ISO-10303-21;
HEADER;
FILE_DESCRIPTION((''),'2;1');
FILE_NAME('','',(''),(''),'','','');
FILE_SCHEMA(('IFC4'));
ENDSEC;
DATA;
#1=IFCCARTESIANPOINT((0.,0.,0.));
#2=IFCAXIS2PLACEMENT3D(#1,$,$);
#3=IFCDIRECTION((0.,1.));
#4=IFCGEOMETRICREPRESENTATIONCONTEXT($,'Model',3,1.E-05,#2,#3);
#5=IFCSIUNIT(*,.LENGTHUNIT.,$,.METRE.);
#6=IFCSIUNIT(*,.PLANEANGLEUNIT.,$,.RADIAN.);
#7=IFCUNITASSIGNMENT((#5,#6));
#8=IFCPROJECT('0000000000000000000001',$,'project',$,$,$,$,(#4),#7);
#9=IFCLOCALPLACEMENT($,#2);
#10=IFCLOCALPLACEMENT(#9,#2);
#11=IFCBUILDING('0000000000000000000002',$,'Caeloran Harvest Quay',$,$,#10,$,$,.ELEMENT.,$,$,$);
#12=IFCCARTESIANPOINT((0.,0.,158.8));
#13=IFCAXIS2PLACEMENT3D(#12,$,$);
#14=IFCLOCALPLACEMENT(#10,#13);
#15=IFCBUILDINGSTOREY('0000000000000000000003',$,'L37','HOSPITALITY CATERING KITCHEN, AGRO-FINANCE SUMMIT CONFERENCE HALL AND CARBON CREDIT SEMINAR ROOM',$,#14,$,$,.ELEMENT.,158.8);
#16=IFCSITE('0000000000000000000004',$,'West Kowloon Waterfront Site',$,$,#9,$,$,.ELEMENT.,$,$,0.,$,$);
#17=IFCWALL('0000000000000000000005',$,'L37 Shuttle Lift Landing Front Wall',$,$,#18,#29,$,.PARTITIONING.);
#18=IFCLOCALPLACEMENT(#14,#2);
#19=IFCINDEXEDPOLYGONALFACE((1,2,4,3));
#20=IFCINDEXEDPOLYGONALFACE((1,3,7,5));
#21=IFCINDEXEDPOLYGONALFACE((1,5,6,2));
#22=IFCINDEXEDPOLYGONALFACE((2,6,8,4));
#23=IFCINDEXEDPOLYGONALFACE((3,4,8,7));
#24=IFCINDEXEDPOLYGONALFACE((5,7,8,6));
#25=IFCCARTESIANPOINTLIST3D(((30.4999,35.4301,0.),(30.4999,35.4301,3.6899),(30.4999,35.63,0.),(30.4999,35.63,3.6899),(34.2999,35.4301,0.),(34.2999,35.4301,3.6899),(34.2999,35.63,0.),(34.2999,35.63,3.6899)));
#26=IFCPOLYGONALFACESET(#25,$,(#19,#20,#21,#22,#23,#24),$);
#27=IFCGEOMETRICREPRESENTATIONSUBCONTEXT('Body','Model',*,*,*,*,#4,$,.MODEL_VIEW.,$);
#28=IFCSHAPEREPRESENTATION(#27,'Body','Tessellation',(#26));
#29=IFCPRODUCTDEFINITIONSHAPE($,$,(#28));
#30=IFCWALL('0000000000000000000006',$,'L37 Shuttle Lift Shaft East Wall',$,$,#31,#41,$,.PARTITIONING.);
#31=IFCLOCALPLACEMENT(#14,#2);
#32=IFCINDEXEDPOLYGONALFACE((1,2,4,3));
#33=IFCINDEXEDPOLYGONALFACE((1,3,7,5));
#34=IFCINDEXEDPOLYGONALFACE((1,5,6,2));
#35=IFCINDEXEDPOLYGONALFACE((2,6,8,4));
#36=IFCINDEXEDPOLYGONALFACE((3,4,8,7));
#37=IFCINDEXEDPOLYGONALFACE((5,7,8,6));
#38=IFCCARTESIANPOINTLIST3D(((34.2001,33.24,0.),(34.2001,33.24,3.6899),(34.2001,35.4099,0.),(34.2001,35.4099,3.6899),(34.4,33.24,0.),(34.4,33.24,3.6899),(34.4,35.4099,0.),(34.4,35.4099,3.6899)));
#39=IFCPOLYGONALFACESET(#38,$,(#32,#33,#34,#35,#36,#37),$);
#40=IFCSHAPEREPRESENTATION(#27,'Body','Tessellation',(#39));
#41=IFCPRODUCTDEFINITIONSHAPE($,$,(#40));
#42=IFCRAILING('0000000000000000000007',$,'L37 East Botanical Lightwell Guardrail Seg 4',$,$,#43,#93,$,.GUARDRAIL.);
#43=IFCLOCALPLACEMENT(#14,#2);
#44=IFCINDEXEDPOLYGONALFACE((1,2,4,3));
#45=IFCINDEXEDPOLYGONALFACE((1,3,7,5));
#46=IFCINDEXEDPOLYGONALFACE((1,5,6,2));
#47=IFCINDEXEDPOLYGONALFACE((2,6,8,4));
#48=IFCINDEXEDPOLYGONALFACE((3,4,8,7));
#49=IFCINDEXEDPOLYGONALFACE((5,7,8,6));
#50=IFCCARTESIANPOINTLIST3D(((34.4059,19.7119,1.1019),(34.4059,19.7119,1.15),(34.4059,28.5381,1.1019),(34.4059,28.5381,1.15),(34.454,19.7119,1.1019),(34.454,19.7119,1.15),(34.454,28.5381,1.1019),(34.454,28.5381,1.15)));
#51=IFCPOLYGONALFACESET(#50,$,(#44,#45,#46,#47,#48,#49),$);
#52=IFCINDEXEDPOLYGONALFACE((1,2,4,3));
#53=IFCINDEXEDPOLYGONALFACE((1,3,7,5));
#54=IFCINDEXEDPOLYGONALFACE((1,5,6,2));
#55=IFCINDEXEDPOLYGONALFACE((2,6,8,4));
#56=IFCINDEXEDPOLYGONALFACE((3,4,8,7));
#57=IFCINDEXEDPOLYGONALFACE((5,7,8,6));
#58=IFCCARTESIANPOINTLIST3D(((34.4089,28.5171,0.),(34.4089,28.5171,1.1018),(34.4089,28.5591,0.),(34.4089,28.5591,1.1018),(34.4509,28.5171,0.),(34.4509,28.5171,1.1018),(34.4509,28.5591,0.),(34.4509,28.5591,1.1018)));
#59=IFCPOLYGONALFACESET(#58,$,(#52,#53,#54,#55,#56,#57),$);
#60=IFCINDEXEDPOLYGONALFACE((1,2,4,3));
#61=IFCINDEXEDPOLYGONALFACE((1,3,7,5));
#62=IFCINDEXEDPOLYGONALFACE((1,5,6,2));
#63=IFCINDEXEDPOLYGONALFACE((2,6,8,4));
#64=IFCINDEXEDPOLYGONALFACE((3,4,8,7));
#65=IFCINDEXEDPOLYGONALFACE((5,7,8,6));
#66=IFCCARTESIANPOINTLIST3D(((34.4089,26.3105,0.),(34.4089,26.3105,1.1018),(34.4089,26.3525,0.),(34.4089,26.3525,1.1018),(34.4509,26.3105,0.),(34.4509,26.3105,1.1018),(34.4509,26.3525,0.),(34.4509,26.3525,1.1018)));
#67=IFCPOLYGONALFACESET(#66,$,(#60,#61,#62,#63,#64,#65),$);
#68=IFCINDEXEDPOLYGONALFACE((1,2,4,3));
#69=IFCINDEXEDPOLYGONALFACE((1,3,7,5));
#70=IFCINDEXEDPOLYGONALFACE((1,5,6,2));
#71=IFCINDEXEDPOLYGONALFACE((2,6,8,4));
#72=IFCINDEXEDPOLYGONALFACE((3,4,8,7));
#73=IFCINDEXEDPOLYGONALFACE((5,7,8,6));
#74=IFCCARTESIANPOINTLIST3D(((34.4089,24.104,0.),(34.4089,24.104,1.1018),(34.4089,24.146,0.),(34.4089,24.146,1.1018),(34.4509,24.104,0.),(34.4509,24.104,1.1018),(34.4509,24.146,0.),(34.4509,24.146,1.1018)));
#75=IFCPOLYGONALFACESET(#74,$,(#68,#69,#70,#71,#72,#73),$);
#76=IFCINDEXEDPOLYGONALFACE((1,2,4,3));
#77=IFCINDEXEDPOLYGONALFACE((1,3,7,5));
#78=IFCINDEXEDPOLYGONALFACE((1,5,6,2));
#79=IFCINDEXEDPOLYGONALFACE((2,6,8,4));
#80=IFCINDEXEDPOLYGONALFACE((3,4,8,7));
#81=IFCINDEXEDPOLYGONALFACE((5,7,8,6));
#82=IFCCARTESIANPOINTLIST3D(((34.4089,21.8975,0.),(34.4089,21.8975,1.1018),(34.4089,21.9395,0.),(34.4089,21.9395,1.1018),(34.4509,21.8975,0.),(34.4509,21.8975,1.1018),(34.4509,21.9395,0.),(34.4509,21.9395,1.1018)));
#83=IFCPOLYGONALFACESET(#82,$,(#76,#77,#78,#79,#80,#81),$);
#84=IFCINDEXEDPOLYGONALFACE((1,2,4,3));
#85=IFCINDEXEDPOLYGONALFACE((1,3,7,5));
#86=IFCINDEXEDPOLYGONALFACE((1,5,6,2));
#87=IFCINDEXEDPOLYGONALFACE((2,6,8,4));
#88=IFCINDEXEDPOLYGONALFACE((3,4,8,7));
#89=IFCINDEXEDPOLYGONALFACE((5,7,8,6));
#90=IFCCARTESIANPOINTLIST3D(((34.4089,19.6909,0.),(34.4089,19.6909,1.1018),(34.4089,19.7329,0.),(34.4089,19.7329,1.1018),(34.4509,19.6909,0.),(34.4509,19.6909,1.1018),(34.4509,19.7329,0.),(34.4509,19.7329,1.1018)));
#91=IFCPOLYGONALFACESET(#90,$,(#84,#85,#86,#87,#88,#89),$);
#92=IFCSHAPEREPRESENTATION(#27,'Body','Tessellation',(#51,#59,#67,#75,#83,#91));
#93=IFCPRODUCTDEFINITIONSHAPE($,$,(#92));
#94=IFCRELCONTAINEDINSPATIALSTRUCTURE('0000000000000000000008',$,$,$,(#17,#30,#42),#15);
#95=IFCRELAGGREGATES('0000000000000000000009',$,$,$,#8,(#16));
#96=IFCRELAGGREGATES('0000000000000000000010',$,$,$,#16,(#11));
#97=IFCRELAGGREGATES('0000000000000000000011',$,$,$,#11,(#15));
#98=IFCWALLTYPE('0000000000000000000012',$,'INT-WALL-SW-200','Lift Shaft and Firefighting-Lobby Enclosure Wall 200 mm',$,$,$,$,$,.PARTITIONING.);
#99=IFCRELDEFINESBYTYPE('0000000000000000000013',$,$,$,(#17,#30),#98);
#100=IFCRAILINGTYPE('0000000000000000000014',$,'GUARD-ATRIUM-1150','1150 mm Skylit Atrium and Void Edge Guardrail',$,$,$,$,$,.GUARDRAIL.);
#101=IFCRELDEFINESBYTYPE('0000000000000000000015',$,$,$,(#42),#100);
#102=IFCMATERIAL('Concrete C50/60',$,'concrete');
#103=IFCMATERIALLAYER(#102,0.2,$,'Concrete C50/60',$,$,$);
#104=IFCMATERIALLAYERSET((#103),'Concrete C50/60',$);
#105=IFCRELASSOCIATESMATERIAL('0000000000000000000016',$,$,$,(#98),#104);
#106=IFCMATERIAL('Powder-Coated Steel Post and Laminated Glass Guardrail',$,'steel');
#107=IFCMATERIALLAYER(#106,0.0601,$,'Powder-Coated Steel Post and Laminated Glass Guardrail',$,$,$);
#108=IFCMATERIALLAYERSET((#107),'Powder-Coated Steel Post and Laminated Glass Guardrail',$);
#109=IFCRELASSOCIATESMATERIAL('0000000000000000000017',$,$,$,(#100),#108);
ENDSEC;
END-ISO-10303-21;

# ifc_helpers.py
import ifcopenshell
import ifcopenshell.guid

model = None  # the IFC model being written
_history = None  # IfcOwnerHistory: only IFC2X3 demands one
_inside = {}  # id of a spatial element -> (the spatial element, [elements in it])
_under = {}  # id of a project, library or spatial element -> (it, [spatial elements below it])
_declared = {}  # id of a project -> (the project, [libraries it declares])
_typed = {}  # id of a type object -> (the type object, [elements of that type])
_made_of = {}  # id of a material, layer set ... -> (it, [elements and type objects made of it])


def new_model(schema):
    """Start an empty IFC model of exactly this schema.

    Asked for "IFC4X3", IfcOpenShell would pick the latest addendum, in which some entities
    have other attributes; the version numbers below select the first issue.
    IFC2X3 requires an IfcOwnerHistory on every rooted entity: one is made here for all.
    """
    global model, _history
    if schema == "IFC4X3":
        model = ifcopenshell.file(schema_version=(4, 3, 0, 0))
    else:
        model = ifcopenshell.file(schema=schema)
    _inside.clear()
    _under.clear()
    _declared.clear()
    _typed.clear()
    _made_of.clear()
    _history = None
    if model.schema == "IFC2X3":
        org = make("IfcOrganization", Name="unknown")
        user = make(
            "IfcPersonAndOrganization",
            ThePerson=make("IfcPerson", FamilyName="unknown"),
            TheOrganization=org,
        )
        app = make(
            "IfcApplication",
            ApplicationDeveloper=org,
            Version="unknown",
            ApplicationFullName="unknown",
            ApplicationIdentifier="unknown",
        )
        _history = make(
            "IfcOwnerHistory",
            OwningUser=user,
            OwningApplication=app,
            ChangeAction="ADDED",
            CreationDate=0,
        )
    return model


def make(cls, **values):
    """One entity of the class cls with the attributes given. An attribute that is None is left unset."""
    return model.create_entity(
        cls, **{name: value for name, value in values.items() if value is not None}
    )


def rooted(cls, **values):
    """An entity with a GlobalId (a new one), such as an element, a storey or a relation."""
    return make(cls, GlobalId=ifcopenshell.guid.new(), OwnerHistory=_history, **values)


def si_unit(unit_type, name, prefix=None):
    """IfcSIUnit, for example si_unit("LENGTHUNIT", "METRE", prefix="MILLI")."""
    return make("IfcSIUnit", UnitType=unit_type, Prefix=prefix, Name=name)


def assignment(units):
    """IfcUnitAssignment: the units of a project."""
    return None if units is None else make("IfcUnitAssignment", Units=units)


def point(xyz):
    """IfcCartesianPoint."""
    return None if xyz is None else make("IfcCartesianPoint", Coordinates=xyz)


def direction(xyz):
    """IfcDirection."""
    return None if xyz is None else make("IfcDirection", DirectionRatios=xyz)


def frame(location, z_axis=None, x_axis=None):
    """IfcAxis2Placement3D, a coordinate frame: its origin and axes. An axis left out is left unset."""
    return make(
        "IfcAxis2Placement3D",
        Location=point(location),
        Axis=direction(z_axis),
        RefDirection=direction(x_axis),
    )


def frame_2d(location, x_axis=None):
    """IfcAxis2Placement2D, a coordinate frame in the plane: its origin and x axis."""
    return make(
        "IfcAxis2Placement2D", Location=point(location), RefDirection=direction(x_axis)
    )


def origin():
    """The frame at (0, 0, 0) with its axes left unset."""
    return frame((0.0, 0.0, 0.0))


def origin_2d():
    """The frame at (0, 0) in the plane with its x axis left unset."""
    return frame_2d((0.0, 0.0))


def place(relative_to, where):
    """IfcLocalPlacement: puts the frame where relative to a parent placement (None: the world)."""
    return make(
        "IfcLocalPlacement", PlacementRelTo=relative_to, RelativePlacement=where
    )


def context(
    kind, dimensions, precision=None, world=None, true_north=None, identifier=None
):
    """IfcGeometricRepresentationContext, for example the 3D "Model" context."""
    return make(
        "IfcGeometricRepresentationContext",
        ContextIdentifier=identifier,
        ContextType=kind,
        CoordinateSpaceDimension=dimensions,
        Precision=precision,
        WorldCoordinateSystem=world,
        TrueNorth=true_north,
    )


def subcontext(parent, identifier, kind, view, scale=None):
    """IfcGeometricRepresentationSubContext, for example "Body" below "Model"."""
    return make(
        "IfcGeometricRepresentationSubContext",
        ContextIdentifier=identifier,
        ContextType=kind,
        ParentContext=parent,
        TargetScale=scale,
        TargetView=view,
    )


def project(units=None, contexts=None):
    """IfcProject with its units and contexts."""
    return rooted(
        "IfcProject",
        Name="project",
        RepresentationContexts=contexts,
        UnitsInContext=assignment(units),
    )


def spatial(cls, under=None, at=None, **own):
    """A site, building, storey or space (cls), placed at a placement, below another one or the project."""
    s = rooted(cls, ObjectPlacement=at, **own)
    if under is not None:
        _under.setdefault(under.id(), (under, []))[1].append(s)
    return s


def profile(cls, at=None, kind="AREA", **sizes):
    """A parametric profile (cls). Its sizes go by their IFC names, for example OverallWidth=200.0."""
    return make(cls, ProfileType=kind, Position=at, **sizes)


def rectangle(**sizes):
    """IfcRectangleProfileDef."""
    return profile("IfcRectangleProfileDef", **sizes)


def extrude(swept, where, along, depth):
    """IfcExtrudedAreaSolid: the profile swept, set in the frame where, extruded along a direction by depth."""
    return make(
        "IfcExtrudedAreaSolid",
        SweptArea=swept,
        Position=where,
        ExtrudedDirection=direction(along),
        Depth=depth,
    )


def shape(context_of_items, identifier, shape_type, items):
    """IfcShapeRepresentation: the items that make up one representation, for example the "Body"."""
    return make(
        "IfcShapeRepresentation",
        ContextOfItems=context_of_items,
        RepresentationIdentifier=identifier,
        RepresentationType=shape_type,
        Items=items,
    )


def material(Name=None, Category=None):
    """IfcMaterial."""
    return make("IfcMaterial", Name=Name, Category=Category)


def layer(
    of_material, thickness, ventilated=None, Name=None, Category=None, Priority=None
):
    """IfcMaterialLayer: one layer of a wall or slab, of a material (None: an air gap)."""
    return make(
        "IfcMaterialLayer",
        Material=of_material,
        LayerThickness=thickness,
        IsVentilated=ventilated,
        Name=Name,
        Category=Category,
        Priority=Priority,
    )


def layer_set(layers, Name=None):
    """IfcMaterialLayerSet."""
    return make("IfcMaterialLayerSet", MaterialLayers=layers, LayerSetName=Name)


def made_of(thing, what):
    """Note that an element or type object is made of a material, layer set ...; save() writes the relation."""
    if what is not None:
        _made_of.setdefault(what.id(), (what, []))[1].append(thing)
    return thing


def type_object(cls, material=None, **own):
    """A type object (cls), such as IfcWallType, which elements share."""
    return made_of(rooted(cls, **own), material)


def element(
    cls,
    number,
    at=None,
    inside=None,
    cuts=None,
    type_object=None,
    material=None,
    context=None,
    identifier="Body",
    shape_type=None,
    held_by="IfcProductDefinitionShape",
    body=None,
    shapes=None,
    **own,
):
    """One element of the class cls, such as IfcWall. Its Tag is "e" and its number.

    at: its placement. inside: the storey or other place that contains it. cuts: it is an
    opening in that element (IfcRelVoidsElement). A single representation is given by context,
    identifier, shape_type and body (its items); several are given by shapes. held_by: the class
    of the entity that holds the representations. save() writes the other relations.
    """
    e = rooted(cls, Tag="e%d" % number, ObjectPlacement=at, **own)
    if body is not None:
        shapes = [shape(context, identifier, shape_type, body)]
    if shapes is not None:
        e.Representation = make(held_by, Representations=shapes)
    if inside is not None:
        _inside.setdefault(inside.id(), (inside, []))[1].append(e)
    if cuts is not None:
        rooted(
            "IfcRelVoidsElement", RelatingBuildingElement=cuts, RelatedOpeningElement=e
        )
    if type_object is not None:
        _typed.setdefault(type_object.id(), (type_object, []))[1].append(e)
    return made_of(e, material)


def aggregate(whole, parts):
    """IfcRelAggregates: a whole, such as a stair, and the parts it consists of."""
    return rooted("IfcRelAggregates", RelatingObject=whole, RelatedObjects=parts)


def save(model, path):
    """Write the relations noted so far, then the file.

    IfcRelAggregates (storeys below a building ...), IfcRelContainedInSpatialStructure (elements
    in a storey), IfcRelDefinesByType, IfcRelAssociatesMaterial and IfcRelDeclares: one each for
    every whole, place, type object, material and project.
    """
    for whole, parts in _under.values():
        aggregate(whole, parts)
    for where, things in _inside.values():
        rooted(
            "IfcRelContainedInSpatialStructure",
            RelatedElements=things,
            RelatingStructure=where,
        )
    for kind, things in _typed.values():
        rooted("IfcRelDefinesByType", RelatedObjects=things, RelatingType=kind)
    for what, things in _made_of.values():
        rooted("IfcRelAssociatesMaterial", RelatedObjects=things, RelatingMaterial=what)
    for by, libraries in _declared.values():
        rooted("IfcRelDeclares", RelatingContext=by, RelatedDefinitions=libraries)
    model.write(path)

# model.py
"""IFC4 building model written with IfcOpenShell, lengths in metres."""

from ifc_helpers import new_model, si_unit, direction, frame, frame_2d, origin, origin_2d, place, context, subcontext, project, spatial, rectangle, extrude, material, layer, layer_set, type_object, element, save


model = new_model("IFC4")

# Units and contexts
model_context = context("Model", 3, precision=1e-05, world=origin(), true_north=direction((0.0, 1.0)))
body_context = subcontext(model_context, "Body", "Model", "MODEL_VIEW")
ifc_project = project(units=[si_unit("LENGTHUNIT", "METRE"), si_unit("PLANEANGLEUNIT", "RADIAN")], contexts=[model_context])

# Site, building, storey
site_placement = place(None, origin())
site = spatial("IfcSite", under=ifc_project, at=site_placement, Name="West Kowloon Waterfront Site", CompositionType="ELEMENT", RefElevation=0.0)
building_placement = place(site_placement, origin())
building = spatial("IfcBuilding", under=site, at=building_placement, Name="Caeloran Harvest Quay", CompositionType="ELEMENT")
storey_placement = place(building_placement, frame((0.0, 0.0, 158.8)))
storey = spatial("IfcBuildingStorey", under=building, at=storey_placement, Name="L37", Description="HOSPITALITY CATERING KITCHEN, AGRO-FINANCE SUMMIT CONFERENCE HALL AND CARBON CREDIT SEMINAR ROOM", CompositionType="ELEMENT", Elevation=158.8)

# Shared definitions
ifc_material_1 = material(Name="Concrete C50/60", Category="concrete")
ifc_layer_1 = layer(ifc_material_1, 0.2, Name="Concrete C50/60")
ifc_layer_set_1 = layer_set([ifc_layer_1], Name="Concrete C50/60")
wall_type_1 = type_object("IfcWallType", Name="INT-WALL-SW-200", Description="Lift Shaft and Firefighting-Lobby Enclosure Wall 200 mm", PredefinedType="PARTITIONING", material=ifc_layer_set_1)

# Walls
wall_1_placement = place(storey_placement, frame((30.5, 35.53, 0.0), z_axis=(0.0, 0.0, 1.0), x_axis=(1.0, 0.0, 0.0)))
element("IfcWall", 1, at=wall_1_placement, inside=storey, type_object=wall_type_1, Name="L37 Shuttle Lift Landing Front Wall", PredefinedType="PARTITIONING", context=body_context, shape_type="SweptSolid", body=[
    extrude(rectangle(XDim=3.8, YDim=0.2, at=frame_2d((1.8999, 0.0))), origin(), (0.0, 0.0, 1.0), 3.6899),
])
wall_2_placement = place(storey_placement, frame((34.3, 33.24, 0.0), z_axis=(0.0, 0.0, 1.0), x_axis=(0.0, 1.0, 0.0)))
element("IfcWall", 2, at=wall_2_placement, inside=storey, type_object=wall_type_1, Name="L37 Shuttle Lift Shaft East Wall", PredefinedType="PARTITIONING", context=body_context, shape_type="SweptSolid", body=[
    extrude(rectangle(XDim=2.1699, YDim=0.2, at=frame_2d((1.085, 0.0))), origin(), (0.0, 0.0, 1.0), 3.6899),
])

# Railing
ifc_material_2 = material(Name="Powder-Coated Steel Post and Laminated Glass Guardrail", Category="steel")
ifc_layer_2 = layer(ifc_material_2, 0.0601, Name="Powder-Coated Steel Post and Laminated Glass Guardrail")
ifc_layer_set_2 = layer_set([ifc_layer_2], Name="Powder-Coated Steel Post and Laminated Glass Guardrail")
railing_type = type_object("IfcRailingType", Name="GUARD-ATRIUM-1150", Description="1150 mm Skylit Atrium and Void Edge Guardrail", PredefinedType="GUARDRAIL", material=ifc_layer_set_2)
railing_placement = place(storey_placement, frame((34.4299, 28.5381, 0.0)))
element("IfcRailing", 3, at=railing_placement, inside=storey, type_object=railing_type, Name="L37 East Botanical Lightwell Guardrail Seg 4", PredefinedType="GUARDRAIL", context=body_context, shape_type="SweptSolid", body=[
    extrude(rectangle(XDim=0.0481, YDim=0.0481, at=origin_2d()), frame((0.0, 0.0, 1.126), z_axis=(0.0, -1.0, 0.0), x_axis=(1.0, 0.0, 0.0)), (0.0, 0.0, 1.0), 8.8262),
    extrude(rectangle(XDim=0.042, YDim=0.042, at=origin_2d()), origin(), (0.0, 0.0, 1.0), 1.1018),
    extrude(rectangle(XDim=0.042, YDim=0.042, at=origin_2d()), frame((0.0, -2.2065, 0.0)), (0.0, 0.0, 1.0), 1.1018),
    extrude(rectangle(XDim=0.042, YDim=0.042, at=origin_2d()), frame((0.0, -4.4131, 0.0)), (0.0, 0.0, 1.0), 1.1018),
    extrude(rectangle(XDim=0.042, YDim=0.042, at=origin_2d()), frame((0.0, -6.6196, 0.0)), (0.0, 0.0, 1.0), 1.1018),
    extrude(rectangle(XDim=0.042, YDim=0.042, at=origin_2d()), frame((0.0, -8.8262, 0.0)), (0.0, 0.0, 1.0), 1.1018),
])

save(model, "model.ifc")
